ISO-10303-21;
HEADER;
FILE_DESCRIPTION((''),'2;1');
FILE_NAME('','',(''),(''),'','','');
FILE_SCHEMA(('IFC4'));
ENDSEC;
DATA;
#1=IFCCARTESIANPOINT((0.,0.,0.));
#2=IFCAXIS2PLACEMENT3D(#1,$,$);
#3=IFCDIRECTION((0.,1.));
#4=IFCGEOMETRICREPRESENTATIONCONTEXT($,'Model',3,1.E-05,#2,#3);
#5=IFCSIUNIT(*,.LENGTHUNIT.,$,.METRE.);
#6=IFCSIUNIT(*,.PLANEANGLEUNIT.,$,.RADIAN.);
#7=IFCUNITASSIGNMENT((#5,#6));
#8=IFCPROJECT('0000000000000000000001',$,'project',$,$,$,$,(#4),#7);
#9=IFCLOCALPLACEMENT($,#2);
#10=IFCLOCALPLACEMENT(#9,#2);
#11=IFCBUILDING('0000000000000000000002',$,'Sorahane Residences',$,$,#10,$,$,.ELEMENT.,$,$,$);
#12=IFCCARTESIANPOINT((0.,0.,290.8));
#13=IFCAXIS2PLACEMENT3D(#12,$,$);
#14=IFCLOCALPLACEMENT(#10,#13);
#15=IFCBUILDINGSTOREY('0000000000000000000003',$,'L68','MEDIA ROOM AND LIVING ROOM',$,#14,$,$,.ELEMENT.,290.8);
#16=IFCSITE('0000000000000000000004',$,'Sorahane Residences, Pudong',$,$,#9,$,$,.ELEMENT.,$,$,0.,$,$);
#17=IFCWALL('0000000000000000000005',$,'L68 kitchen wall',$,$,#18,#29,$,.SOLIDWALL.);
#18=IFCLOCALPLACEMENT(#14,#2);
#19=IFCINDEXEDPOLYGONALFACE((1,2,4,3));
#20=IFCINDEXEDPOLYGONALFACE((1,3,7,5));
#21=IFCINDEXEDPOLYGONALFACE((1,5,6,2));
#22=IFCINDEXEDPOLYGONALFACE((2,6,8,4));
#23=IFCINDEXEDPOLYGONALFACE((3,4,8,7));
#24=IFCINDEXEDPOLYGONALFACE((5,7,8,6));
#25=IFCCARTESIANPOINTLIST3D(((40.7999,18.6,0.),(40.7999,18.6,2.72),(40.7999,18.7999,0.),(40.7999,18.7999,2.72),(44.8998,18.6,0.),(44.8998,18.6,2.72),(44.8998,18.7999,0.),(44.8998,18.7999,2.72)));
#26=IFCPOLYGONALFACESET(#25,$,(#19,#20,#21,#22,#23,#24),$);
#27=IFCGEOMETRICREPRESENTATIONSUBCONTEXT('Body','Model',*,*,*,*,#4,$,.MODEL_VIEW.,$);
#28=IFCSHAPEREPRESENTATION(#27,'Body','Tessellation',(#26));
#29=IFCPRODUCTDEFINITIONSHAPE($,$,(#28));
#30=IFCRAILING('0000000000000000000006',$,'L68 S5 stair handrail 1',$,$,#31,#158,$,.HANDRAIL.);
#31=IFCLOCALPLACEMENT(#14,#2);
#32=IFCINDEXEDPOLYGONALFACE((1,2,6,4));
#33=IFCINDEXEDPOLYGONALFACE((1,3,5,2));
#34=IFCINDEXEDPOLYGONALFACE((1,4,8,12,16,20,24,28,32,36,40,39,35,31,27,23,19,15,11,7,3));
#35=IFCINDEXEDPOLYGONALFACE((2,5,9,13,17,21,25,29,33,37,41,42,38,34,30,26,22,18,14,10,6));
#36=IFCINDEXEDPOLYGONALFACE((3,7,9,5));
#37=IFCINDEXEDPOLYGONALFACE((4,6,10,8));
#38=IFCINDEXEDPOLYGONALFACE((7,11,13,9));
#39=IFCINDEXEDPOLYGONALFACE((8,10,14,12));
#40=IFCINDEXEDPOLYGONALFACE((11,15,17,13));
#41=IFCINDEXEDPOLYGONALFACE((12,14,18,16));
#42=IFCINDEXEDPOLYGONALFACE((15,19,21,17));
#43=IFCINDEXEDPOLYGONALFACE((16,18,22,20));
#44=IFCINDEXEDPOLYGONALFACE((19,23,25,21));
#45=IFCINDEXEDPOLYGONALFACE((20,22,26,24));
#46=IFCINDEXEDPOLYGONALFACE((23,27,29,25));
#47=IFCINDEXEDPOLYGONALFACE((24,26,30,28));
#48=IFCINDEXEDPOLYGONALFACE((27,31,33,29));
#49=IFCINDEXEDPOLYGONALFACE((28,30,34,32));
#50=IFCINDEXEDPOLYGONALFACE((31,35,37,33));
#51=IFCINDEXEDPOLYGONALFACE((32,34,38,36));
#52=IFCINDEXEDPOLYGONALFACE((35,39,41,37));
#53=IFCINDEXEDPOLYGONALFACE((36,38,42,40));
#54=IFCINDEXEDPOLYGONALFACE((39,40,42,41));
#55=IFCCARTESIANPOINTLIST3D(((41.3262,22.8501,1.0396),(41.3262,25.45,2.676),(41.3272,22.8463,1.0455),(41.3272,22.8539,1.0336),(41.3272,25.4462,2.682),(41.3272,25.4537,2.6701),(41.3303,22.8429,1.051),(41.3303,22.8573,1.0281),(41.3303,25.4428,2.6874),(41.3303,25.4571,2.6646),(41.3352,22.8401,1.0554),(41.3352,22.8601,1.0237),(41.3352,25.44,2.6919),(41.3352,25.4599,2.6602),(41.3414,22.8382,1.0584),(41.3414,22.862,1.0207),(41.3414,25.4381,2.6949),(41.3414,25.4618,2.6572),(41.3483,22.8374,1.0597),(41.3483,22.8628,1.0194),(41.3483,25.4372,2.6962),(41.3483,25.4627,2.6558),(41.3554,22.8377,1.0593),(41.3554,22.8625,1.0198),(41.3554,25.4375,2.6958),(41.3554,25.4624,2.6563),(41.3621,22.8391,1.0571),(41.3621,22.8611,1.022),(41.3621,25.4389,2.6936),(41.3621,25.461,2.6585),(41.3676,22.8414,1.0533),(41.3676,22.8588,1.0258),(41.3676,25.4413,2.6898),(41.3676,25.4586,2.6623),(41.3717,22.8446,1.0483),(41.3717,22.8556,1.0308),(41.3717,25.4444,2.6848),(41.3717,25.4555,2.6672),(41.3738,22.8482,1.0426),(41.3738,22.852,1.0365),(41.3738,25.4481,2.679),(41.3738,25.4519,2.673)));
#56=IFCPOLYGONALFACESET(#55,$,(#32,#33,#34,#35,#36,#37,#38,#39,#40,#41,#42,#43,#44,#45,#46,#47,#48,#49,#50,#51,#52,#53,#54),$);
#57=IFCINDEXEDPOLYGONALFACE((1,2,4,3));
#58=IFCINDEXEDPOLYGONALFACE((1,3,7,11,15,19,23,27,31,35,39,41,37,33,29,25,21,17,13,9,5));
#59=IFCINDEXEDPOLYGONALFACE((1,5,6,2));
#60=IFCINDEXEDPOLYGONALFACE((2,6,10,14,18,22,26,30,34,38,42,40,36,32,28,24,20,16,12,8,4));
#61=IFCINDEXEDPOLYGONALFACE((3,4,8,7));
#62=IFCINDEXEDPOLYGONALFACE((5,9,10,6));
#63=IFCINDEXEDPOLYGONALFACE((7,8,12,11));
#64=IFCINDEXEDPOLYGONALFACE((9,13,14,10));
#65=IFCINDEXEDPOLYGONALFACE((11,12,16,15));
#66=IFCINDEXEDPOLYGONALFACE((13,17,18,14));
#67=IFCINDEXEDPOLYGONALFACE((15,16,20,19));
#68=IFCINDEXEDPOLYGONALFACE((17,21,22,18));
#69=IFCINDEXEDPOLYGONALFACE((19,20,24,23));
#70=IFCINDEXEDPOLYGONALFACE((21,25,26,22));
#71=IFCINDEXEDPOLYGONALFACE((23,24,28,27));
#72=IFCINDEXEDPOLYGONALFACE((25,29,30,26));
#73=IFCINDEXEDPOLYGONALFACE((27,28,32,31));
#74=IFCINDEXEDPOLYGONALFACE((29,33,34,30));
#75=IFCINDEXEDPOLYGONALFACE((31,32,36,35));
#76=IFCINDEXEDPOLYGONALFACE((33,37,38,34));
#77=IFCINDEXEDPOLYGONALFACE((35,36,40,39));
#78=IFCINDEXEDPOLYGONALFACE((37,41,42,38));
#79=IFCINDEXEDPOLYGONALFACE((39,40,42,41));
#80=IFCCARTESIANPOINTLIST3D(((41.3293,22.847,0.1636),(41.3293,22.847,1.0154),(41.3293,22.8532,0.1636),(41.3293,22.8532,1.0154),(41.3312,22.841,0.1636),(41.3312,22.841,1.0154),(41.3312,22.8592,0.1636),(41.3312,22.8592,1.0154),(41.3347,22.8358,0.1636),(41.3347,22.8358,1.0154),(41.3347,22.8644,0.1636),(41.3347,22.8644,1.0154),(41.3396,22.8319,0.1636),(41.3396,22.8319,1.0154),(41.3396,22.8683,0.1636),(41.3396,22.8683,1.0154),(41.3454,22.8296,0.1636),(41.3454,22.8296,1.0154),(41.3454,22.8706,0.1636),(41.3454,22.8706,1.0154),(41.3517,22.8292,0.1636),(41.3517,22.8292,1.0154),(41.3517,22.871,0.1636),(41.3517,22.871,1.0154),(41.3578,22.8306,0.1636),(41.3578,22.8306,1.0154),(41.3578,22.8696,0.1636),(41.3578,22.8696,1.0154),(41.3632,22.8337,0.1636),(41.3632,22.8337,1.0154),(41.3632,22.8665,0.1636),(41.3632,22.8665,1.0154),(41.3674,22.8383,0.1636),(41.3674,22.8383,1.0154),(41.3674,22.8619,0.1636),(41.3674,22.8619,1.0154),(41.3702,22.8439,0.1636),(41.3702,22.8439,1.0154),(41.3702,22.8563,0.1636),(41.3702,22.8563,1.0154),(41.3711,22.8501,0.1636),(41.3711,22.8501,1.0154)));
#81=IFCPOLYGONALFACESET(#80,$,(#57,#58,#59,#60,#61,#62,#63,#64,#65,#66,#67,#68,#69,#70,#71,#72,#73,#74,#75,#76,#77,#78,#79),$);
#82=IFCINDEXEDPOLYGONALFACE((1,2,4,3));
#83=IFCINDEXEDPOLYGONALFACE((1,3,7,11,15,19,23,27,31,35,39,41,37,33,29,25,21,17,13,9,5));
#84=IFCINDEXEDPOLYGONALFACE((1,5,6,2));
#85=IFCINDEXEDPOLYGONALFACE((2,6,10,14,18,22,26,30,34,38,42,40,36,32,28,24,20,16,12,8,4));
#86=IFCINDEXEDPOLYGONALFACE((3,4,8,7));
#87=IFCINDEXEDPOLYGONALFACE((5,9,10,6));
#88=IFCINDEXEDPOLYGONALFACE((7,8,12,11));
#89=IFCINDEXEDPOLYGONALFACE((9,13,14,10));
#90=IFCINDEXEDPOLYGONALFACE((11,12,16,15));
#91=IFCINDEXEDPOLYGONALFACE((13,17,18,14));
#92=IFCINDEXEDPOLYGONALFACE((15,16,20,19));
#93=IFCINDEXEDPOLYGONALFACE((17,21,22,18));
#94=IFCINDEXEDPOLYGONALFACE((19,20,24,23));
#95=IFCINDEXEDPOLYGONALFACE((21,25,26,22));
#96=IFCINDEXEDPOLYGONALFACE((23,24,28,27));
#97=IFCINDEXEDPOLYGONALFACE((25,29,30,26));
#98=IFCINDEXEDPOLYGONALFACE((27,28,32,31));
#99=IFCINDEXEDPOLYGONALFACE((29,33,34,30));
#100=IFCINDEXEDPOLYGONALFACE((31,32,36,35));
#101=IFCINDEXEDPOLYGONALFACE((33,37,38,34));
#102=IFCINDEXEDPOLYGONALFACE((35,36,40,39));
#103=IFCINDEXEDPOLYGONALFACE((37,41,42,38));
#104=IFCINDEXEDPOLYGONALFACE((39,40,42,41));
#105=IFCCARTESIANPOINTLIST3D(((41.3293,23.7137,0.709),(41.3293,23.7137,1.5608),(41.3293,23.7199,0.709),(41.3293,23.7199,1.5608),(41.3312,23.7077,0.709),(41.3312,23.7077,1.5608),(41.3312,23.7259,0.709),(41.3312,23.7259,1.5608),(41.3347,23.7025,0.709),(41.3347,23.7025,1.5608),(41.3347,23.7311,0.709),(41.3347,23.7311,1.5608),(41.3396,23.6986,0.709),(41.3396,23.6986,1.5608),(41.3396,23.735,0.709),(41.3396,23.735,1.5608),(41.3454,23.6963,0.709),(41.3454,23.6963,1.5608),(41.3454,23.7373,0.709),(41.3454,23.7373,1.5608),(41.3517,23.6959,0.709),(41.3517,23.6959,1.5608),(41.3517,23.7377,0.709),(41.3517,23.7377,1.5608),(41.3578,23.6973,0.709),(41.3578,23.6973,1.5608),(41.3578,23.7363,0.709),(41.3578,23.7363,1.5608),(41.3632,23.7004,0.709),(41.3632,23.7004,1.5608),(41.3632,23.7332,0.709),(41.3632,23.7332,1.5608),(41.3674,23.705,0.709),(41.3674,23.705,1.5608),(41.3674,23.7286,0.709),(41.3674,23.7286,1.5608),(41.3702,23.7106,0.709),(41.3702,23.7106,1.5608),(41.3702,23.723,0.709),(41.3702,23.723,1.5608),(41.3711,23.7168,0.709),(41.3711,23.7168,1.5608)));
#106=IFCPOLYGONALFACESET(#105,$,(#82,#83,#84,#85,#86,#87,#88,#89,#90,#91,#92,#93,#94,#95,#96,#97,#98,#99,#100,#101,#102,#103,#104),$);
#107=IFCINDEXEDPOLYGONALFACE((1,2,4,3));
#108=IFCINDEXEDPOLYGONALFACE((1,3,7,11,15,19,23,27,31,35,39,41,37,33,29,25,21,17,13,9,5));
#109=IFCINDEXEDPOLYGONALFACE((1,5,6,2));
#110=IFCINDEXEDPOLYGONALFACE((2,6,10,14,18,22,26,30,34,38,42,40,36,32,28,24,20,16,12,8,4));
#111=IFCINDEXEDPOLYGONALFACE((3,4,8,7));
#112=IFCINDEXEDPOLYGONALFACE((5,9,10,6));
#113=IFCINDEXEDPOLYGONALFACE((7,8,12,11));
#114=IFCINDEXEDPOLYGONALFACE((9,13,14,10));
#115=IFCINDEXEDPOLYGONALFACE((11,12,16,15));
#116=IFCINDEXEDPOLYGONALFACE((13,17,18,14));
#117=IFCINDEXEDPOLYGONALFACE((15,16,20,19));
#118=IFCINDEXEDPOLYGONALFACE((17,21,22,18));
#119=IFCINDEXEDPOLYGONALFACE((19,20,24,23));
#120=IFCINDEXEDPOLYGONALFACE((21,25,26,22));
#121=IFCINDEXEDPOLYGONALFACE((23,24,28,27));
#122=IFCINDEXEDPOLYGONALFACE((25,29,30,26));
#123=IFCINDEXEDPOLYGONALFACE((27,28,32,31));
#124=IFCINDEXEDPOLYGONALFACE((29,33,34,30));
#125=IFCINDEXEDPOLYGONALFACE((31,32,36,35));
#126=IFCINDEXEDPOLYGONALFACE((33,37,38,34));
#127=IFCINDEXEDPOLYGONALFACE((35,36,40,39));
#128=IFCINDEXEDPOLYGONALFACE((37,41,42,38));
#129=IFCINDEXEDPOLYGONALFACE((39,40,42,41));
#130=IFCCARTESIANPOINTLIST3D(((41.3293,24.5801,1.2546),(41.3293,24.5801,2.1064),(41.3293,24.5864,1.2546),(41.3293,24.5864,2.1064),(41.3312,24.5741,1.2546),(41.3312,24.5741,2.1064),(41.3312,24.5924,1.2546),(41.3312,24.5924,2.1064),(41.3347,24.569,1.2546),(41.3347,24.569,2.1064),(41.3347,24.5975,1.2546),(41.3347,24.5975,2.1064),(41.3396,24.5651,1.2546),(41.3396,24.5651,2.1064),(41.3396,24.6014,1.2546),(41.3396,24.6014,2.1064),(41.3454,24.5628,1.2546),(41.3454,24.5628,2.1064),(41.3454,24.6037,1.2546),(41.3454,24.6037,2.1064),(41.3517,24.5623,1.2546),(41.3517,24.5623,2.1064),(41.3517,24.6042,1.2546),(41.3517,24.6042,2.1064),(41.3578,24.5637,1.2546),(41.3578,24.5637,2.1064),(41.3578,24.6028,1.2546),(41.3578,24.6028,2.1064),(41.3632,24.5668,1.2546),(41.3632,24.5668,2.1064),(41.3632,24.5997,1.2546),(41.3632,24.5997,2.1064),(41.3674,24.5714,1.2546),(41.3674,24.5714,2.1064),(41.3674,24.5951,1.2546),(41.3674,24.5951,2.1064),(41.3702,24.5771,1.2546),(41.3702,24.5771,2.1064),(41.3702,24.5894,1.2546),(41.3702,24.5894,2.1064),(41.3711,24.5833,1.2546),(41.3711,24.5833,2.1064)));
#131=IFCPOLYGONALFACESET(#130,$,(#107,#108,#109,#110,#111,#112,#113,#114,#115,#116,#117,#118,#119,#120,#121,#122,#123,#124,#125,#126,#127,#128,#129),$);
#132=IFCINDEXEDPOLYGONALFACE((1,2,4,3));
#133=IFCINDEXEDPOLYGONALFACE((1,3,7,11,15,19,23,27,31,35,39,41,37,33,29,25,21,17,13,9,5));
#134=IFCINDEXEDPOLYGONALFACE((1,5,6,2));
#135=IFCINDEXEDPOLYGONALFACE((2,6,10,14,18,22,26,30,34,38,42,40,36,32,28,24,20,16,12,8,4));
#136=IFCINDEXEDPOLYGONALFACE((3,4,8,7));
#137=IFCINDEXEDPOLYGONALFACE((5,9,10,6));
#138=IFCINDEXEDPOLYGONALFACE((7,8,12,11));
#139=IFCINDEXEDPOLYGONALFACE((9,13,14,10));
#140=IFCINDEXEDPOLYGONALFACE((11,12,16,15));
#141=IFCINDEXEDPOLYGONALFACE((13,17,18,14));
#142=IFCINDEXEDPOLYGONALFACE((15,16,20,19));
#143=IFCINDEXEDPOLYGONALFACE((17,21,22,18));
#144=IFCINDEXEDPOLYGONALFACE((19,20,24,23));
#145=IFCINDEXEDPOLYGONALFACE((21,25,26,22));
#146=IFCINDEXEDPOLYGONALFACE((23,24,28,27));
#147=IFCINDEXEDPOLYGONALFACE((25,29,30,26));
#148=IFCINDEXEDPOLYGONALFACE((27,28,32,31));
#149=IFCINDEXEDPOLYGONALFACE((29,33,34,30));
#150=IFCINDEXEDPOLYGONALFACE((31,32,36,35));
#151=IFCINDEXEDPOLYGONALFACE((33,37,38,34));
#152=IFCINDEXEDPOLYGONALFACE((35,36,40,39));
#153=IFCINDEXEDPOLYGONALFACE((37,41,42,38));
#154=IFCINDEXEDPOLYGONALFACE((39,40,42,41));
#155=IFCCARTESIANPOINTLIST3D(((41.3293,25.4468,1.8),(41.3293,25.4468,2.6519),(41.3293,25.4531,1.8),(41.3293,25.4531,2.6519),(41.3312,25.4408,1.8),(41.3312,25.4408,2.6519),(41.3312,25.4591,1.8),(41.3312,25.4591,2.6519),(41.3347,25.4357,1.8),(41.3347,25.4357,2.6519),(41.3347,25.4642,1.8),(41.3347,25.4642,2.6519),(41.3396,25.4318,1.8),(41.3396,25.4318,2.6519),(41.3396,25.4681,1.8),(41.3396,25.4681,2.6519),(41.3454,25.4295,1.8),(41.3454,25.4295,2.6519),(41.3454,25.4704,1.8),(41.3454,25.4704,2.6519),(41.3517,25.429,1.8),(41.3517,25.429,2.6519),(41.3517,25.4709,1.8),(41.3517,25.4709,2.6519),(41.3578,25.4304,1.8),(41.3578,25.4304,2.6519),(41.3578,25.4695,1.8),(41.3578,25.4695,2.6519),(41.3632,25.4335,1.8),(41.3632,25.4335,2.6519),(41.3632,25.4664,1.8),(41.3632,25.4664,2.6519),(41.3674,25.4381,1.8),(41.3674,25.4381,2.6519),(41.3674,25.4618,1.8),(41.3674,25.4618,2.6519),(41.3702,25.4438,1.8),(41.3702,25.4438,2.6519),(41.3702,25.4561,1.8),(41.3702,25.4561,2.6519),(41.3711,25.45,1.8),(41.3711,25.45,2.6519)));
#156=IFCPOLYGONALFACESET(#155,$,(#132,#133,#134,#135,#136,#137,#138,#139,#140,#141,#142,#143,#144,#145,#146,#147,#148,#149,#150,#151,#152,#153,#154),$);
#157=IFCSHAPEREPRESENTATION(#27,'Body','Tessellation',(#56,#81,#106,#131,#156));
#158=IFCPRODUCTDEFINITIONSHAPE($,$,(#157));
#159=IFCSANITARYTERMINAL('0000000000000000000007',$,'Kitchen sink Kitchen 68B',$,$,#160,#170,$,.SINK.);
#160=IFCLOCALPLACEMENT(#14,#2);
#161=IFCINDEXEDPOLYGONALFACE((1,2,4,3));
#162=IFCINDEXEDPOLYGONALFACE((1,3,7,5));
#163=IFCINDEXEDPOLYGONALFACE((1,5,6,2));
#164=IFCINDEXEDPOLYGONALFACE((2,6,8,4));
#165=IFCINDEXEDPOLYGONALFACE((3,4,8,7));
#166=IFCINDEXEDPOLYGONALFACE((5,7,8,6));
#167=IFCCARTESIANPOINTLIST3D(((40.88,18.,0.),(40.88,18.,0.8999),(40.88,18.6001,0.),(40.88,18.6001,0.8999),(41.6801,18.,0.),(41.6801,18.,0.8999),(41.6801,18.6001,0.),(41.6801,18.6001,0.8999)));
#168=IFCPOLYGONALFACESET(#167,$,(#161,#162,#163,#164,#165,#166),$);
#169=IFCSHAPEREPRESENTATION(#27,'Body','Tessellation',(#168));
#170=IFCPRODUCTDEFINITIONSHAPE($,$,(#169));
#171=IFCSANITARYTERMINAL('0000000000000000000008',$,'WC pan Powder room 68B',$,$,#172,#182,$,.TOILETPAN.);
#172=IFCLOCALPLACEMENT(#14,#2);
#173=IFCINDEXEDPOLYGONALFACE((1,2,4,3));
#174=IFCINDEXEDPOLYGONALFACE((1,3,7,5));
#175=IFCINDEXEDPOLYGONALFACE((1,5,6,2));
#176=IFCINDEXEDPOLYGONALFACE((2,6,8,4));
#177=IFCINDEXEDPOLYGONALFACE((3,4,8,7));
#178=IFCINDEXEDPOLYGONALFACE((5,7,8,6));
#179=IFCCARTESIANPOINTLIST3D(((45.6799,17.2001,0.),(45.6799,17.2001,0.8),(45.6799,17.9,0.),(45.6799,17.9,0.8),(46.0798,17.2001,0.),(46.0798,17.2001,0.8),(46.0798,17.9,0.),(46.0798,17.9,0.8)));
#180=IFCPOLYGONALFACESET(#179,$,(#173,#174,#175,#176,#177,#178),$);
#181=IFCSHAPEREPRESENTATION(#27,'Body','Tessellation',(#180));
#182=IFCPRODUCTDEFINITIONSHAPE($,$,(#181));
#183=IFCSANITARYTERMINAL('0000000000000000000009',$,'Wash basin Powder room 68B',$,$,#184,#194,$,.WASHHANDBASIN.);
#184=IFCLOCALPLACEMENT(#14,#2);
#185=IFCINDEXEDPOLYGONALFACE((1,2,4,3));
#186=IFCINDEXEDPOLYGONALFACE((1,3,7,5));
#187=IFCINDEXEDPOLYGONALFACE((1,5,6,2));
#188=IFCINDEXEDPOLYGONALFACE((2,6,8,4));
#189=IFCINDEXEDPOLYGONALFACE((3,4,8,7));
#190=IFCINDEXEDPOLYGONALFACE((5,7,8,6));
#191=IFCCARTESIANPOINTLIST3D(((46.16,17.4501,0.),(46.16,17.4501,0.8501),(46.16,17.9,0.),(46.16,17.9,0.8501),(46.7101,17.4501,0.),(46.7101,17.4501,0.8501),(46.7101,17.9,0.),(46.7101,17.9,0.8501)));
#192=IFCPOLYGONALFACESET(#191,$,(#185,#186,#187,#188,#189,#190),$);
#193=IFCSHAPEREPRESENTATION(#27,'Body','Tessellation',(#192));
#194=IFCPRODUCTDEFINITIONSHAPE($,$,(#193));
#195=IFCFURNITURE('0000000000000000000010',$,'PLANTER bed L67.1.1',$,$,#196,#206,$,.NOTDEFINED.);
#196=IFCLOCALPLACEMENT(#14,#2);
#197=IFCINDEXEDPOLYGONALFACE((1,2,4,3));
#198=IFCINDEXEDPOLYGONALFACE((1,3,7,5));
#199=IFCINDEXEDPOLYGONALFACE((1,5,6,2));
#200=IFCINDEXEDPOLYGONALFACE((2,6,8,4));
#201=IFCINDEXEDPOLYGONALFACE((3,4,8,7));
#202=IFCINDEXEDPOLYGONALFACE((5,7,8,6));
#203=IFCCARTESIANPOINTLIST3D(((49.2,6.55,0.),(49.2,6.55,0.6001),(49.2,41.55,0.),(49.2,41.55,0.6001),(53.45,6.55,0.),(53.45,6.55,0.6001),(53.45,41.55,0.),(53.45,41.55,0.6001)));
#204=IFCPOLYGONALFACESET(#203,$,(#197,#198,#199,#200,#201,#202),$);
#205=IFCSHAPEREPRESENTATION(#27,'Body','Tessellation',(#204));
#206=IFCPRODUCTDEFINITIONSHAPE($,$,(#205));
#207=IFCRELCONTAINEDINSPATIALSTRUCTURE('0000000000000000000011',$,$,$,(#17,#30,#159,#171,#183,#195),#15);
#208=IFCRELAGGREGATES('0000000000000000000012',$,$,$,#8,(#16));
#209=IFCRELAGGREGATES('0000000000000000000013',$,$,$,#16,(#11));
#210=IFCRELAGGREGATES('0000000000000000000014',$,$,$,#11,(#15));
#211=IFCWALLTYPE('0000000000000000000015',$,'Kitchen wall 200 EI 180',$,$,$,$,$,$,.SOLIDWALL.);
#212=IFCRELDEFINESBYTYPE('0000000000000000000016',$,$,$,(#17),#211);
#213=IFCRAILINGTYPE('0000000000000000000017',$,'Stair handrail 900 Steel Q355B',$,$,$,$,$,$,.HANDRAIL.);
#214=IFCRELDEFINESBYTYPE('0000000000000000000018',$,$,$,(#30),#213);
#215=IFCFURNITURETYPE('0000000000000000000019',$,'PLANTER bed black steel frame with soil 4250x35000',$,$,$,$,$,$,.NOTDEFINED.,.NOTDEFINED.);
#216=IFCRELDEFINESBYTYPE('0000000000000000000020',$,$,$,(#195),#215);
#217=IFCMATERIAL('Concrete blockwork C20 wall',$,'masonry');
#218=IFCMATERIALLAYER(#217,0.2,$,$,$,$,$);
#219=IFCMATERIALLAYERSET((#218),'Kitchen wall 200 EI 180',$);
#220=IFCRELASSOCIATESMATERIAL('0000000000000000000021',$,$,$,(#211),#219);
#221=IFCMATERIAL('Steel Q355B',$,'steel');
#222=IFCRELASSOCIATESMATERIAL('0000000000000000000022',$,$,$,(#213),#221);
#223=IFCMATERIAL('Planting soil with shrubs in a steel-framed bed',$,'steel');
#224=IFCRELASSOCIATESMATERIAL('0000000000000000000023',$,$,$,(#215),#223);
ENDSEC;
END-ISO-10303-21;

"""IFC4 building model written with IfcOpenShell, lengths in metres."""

from ifc_helpers import new_model, si_unit, direction, frame, frame_2d, origin, origin_2d, place, context, subcontext, project, spatial, rectangle, circle, extrude, material, layer, layer_set, type_object, element, save


model = new_model("IFC4")

# Units and contexts
model_context = context("Model", 3, precision=1e-05, world=origin(), true_north=direction((0.0, 1.0)))
body_context = subcontext(model_context, "Body", "Model", "MODEL_VIEW")
ifc_project = project(units=[si_unit("LENGTHUNIT", "METRE"), si_unit("PLANEANGLEUNIT", "RADIAN")], contexts=[model_context])

# Site, building, storey
site_placement = place(None, origin())
site = spatial("IfcSite", under=ifc_project, at=site_placement, Name="Sorahane Residences, Pudong", CompositionType="ELEMENT", RefElevation=0.0)
building_placement = place(site_placement, origin())
building = spatial("IfcBuilding", under=site, at=building_placement, Name="Sorahane Residences", CompositionType="ELEMENT")
storey_placement = place(building_placement, frame((0.0, 0.0, 290.8)))
storey = spatial("IfcBuildingStorey", under=building, at=storey_placement, Name="L68", Description="MEDIA ROOM AND LIVING ROOM", CompositionType="ELEMENT", Elevation=290.8)

# Wall
ifc_material_1 = material(Name="Concrete blockwork C20 wall", Category="masonry")
ifc_layer_1 = layer(ifc_material_1, 0.2)
ifc_layer_set_1 = layer_set([ifc_layer_1], Name="Kitchen wall 200 EI 180")
wall_type_1 = type_object("IfcWallType", Name="Kitchen wall 200 EI 180", PredefinedType="SOLIDWALL", material=ifc_layer_set_1)
wall_1_placement = place(storey_placement, frame((40.8, 18.7, 0.0), z_axis=(0.0, 0.0, 1.0), x_axis=(1.0, 0.0, 0.0)))
element("IfcWall", 1, at=wall_1_placement, inside=storey, type_object=wall_type_1, Name="L68 kitchen wall", PredefinedType="SOLIDWALL", context=body_context, shape_type="SweptSolid", body=[
    extrude(rectangle(XDim=4.0999, YDim=0.2, at=frame_2d((2.0498, 0.0))), origin(), (0.0, 0.0, 1.0), 2.72),
])

# Railing
ifc_material_2 = material(Name="Steel Q355B", Category="steel")
railing_type = type_object("IfcRailingType", Name="Stair handrail 900 Steel Q355B", PredefinedType="HANDRAIL", material=ifc_material_2)
railing_placement = place(storey_placement, frame((41.3501, 22.8501, 0.1636)))
element("IfcRailing", 2, at=railing_placement, inside=storey, type_object=railing_type, Name="L68 S5 stair handrail 1", PredefinedType="HANDRAIL", context=body_context, shape_type="SweptSolid", body=[
    extrude(circle(Radius=0.0239, at=origin_2d()), frame((0.0, 0.0, 0.876), z_axis=(0.0, 0.846302, 0.532704), x_axis=(-1.0, 0.0, 0.0)), (0.0, 0.0, 1.0), 3.072),
    extrude(circle(Radius=0.021, at=origin_2d()), origin(), (0.0, 0.0, 1.0), 0.8518),
    extrude(circle(Radius=0.021, at=origin_2d()), frame((0.0, 0.8667, 0.5454)), (0.0, 0.0, 1.0), 0.8518),
    extrude(circle(Radius=0.021, at=origin_2d()), frame((0.0, 1.7332, 1.0911)), (0.0, 0.0, 1.0), 0.8518),
    extrude(circle(Radius=0.021, at=origin_2d()), frame((0.0, 2.5999, 1.6365)), (0.0, 0.0, 1.0), 0.8518),
])

# Sanitary terminals
sanitary_terminal_1_placement = place(storey_placement, frame((41.28, 18.3, 0.0), z_axis=(0.0, 0.0, 1.0), x_axis=(1.0, 0.0, 0.0)))
element("IfcSanitaryTerminal", 3, at=sanitary_terminal_1_placement, inside=storey, Name="Kitchen sink Kitchen 68B", PredefinedType="SINK", context=body_context, shape_type="SweptSolid", body=[
    extrude(rectangle(XDim=0.8, YDim=0.6001, at=origin_2d()), origin(), (0.0, 0.0, 1.0), 0.8999),
])
sanitary_terminal_2_placement = place(storey_placement, frame((45.8799, 17.55, 0.0), z_axis=(0.0, 0.0, 1.0), x_axis=(1.0, 0.0, 0.0)))
element("IfcSanitaryTerminal", 4, at=sanitary_terminal_2_placement, inside=storey, Name="WC pan Powder room 68B", PredefinedType="TOILETPAN", context=body_context, shape_type="SweptSolid", body=[
    extrude(rectangle(XDim=0.3999, YDim=0.7, at=origin_2d()), origin(), (0.0, 0.0, 1.0), 0.8),
])
sanitary_terminal_3_placement = place(storey_placement, frame((46.4351, 17.675, 0.0), z_axis=(0.0, 0.0, 1.0), x_axis=(1.0, 0.0, 0.0)))
element("IfcSanitaryTerminal", 5, at=sanitary_terminal_3_placement, inside=storey, Name="Wash basin Powder room 68B", PredefinedType="WASHHANDBASIN", context=body_context, shape_type="SweptSolid", body=[
    extrude(rectangle(XDim=0.55, YDim=0.45, at=origin_2d()), origin(), (0.0, 0.0, 1.0), 0.8501),
])

# Furniture
ifc_material_3 = material(Name="Planting soil with shrubs in a steel-framed bed", Category="steel")
furniture_type_1 = type_object("IfcFurnitureType", Name="PLANTER bed black steel frame with soil 4250x35000", AssemblyPlace="NOTDEFINED", PredefinedType="NOTDEFINED", material=ifc_material_3)
furniture_1_placement = place(storey_placement, frame((51.325, 24.05, 0.0), z_axis=(0.0, 0.0, 1.0), x_axis=(1.0, 0.0, 0.0)))
element("IfcFurniture", 6, at=furniture_1_placement, inside=storey, type_object=furniture_type_1, Name="PLANTER bed L67.1.1", PredefinedType="NOTDEFINED", context=body_context, shape_type="SweptSolid", body=[
    extrude(rectangle(XDim=4.25, YDim=35.0, at=origin_2d()), origin(), (0.0, 0.0, 1.0), 0.6001),
])

save(model, "model.ifc")
